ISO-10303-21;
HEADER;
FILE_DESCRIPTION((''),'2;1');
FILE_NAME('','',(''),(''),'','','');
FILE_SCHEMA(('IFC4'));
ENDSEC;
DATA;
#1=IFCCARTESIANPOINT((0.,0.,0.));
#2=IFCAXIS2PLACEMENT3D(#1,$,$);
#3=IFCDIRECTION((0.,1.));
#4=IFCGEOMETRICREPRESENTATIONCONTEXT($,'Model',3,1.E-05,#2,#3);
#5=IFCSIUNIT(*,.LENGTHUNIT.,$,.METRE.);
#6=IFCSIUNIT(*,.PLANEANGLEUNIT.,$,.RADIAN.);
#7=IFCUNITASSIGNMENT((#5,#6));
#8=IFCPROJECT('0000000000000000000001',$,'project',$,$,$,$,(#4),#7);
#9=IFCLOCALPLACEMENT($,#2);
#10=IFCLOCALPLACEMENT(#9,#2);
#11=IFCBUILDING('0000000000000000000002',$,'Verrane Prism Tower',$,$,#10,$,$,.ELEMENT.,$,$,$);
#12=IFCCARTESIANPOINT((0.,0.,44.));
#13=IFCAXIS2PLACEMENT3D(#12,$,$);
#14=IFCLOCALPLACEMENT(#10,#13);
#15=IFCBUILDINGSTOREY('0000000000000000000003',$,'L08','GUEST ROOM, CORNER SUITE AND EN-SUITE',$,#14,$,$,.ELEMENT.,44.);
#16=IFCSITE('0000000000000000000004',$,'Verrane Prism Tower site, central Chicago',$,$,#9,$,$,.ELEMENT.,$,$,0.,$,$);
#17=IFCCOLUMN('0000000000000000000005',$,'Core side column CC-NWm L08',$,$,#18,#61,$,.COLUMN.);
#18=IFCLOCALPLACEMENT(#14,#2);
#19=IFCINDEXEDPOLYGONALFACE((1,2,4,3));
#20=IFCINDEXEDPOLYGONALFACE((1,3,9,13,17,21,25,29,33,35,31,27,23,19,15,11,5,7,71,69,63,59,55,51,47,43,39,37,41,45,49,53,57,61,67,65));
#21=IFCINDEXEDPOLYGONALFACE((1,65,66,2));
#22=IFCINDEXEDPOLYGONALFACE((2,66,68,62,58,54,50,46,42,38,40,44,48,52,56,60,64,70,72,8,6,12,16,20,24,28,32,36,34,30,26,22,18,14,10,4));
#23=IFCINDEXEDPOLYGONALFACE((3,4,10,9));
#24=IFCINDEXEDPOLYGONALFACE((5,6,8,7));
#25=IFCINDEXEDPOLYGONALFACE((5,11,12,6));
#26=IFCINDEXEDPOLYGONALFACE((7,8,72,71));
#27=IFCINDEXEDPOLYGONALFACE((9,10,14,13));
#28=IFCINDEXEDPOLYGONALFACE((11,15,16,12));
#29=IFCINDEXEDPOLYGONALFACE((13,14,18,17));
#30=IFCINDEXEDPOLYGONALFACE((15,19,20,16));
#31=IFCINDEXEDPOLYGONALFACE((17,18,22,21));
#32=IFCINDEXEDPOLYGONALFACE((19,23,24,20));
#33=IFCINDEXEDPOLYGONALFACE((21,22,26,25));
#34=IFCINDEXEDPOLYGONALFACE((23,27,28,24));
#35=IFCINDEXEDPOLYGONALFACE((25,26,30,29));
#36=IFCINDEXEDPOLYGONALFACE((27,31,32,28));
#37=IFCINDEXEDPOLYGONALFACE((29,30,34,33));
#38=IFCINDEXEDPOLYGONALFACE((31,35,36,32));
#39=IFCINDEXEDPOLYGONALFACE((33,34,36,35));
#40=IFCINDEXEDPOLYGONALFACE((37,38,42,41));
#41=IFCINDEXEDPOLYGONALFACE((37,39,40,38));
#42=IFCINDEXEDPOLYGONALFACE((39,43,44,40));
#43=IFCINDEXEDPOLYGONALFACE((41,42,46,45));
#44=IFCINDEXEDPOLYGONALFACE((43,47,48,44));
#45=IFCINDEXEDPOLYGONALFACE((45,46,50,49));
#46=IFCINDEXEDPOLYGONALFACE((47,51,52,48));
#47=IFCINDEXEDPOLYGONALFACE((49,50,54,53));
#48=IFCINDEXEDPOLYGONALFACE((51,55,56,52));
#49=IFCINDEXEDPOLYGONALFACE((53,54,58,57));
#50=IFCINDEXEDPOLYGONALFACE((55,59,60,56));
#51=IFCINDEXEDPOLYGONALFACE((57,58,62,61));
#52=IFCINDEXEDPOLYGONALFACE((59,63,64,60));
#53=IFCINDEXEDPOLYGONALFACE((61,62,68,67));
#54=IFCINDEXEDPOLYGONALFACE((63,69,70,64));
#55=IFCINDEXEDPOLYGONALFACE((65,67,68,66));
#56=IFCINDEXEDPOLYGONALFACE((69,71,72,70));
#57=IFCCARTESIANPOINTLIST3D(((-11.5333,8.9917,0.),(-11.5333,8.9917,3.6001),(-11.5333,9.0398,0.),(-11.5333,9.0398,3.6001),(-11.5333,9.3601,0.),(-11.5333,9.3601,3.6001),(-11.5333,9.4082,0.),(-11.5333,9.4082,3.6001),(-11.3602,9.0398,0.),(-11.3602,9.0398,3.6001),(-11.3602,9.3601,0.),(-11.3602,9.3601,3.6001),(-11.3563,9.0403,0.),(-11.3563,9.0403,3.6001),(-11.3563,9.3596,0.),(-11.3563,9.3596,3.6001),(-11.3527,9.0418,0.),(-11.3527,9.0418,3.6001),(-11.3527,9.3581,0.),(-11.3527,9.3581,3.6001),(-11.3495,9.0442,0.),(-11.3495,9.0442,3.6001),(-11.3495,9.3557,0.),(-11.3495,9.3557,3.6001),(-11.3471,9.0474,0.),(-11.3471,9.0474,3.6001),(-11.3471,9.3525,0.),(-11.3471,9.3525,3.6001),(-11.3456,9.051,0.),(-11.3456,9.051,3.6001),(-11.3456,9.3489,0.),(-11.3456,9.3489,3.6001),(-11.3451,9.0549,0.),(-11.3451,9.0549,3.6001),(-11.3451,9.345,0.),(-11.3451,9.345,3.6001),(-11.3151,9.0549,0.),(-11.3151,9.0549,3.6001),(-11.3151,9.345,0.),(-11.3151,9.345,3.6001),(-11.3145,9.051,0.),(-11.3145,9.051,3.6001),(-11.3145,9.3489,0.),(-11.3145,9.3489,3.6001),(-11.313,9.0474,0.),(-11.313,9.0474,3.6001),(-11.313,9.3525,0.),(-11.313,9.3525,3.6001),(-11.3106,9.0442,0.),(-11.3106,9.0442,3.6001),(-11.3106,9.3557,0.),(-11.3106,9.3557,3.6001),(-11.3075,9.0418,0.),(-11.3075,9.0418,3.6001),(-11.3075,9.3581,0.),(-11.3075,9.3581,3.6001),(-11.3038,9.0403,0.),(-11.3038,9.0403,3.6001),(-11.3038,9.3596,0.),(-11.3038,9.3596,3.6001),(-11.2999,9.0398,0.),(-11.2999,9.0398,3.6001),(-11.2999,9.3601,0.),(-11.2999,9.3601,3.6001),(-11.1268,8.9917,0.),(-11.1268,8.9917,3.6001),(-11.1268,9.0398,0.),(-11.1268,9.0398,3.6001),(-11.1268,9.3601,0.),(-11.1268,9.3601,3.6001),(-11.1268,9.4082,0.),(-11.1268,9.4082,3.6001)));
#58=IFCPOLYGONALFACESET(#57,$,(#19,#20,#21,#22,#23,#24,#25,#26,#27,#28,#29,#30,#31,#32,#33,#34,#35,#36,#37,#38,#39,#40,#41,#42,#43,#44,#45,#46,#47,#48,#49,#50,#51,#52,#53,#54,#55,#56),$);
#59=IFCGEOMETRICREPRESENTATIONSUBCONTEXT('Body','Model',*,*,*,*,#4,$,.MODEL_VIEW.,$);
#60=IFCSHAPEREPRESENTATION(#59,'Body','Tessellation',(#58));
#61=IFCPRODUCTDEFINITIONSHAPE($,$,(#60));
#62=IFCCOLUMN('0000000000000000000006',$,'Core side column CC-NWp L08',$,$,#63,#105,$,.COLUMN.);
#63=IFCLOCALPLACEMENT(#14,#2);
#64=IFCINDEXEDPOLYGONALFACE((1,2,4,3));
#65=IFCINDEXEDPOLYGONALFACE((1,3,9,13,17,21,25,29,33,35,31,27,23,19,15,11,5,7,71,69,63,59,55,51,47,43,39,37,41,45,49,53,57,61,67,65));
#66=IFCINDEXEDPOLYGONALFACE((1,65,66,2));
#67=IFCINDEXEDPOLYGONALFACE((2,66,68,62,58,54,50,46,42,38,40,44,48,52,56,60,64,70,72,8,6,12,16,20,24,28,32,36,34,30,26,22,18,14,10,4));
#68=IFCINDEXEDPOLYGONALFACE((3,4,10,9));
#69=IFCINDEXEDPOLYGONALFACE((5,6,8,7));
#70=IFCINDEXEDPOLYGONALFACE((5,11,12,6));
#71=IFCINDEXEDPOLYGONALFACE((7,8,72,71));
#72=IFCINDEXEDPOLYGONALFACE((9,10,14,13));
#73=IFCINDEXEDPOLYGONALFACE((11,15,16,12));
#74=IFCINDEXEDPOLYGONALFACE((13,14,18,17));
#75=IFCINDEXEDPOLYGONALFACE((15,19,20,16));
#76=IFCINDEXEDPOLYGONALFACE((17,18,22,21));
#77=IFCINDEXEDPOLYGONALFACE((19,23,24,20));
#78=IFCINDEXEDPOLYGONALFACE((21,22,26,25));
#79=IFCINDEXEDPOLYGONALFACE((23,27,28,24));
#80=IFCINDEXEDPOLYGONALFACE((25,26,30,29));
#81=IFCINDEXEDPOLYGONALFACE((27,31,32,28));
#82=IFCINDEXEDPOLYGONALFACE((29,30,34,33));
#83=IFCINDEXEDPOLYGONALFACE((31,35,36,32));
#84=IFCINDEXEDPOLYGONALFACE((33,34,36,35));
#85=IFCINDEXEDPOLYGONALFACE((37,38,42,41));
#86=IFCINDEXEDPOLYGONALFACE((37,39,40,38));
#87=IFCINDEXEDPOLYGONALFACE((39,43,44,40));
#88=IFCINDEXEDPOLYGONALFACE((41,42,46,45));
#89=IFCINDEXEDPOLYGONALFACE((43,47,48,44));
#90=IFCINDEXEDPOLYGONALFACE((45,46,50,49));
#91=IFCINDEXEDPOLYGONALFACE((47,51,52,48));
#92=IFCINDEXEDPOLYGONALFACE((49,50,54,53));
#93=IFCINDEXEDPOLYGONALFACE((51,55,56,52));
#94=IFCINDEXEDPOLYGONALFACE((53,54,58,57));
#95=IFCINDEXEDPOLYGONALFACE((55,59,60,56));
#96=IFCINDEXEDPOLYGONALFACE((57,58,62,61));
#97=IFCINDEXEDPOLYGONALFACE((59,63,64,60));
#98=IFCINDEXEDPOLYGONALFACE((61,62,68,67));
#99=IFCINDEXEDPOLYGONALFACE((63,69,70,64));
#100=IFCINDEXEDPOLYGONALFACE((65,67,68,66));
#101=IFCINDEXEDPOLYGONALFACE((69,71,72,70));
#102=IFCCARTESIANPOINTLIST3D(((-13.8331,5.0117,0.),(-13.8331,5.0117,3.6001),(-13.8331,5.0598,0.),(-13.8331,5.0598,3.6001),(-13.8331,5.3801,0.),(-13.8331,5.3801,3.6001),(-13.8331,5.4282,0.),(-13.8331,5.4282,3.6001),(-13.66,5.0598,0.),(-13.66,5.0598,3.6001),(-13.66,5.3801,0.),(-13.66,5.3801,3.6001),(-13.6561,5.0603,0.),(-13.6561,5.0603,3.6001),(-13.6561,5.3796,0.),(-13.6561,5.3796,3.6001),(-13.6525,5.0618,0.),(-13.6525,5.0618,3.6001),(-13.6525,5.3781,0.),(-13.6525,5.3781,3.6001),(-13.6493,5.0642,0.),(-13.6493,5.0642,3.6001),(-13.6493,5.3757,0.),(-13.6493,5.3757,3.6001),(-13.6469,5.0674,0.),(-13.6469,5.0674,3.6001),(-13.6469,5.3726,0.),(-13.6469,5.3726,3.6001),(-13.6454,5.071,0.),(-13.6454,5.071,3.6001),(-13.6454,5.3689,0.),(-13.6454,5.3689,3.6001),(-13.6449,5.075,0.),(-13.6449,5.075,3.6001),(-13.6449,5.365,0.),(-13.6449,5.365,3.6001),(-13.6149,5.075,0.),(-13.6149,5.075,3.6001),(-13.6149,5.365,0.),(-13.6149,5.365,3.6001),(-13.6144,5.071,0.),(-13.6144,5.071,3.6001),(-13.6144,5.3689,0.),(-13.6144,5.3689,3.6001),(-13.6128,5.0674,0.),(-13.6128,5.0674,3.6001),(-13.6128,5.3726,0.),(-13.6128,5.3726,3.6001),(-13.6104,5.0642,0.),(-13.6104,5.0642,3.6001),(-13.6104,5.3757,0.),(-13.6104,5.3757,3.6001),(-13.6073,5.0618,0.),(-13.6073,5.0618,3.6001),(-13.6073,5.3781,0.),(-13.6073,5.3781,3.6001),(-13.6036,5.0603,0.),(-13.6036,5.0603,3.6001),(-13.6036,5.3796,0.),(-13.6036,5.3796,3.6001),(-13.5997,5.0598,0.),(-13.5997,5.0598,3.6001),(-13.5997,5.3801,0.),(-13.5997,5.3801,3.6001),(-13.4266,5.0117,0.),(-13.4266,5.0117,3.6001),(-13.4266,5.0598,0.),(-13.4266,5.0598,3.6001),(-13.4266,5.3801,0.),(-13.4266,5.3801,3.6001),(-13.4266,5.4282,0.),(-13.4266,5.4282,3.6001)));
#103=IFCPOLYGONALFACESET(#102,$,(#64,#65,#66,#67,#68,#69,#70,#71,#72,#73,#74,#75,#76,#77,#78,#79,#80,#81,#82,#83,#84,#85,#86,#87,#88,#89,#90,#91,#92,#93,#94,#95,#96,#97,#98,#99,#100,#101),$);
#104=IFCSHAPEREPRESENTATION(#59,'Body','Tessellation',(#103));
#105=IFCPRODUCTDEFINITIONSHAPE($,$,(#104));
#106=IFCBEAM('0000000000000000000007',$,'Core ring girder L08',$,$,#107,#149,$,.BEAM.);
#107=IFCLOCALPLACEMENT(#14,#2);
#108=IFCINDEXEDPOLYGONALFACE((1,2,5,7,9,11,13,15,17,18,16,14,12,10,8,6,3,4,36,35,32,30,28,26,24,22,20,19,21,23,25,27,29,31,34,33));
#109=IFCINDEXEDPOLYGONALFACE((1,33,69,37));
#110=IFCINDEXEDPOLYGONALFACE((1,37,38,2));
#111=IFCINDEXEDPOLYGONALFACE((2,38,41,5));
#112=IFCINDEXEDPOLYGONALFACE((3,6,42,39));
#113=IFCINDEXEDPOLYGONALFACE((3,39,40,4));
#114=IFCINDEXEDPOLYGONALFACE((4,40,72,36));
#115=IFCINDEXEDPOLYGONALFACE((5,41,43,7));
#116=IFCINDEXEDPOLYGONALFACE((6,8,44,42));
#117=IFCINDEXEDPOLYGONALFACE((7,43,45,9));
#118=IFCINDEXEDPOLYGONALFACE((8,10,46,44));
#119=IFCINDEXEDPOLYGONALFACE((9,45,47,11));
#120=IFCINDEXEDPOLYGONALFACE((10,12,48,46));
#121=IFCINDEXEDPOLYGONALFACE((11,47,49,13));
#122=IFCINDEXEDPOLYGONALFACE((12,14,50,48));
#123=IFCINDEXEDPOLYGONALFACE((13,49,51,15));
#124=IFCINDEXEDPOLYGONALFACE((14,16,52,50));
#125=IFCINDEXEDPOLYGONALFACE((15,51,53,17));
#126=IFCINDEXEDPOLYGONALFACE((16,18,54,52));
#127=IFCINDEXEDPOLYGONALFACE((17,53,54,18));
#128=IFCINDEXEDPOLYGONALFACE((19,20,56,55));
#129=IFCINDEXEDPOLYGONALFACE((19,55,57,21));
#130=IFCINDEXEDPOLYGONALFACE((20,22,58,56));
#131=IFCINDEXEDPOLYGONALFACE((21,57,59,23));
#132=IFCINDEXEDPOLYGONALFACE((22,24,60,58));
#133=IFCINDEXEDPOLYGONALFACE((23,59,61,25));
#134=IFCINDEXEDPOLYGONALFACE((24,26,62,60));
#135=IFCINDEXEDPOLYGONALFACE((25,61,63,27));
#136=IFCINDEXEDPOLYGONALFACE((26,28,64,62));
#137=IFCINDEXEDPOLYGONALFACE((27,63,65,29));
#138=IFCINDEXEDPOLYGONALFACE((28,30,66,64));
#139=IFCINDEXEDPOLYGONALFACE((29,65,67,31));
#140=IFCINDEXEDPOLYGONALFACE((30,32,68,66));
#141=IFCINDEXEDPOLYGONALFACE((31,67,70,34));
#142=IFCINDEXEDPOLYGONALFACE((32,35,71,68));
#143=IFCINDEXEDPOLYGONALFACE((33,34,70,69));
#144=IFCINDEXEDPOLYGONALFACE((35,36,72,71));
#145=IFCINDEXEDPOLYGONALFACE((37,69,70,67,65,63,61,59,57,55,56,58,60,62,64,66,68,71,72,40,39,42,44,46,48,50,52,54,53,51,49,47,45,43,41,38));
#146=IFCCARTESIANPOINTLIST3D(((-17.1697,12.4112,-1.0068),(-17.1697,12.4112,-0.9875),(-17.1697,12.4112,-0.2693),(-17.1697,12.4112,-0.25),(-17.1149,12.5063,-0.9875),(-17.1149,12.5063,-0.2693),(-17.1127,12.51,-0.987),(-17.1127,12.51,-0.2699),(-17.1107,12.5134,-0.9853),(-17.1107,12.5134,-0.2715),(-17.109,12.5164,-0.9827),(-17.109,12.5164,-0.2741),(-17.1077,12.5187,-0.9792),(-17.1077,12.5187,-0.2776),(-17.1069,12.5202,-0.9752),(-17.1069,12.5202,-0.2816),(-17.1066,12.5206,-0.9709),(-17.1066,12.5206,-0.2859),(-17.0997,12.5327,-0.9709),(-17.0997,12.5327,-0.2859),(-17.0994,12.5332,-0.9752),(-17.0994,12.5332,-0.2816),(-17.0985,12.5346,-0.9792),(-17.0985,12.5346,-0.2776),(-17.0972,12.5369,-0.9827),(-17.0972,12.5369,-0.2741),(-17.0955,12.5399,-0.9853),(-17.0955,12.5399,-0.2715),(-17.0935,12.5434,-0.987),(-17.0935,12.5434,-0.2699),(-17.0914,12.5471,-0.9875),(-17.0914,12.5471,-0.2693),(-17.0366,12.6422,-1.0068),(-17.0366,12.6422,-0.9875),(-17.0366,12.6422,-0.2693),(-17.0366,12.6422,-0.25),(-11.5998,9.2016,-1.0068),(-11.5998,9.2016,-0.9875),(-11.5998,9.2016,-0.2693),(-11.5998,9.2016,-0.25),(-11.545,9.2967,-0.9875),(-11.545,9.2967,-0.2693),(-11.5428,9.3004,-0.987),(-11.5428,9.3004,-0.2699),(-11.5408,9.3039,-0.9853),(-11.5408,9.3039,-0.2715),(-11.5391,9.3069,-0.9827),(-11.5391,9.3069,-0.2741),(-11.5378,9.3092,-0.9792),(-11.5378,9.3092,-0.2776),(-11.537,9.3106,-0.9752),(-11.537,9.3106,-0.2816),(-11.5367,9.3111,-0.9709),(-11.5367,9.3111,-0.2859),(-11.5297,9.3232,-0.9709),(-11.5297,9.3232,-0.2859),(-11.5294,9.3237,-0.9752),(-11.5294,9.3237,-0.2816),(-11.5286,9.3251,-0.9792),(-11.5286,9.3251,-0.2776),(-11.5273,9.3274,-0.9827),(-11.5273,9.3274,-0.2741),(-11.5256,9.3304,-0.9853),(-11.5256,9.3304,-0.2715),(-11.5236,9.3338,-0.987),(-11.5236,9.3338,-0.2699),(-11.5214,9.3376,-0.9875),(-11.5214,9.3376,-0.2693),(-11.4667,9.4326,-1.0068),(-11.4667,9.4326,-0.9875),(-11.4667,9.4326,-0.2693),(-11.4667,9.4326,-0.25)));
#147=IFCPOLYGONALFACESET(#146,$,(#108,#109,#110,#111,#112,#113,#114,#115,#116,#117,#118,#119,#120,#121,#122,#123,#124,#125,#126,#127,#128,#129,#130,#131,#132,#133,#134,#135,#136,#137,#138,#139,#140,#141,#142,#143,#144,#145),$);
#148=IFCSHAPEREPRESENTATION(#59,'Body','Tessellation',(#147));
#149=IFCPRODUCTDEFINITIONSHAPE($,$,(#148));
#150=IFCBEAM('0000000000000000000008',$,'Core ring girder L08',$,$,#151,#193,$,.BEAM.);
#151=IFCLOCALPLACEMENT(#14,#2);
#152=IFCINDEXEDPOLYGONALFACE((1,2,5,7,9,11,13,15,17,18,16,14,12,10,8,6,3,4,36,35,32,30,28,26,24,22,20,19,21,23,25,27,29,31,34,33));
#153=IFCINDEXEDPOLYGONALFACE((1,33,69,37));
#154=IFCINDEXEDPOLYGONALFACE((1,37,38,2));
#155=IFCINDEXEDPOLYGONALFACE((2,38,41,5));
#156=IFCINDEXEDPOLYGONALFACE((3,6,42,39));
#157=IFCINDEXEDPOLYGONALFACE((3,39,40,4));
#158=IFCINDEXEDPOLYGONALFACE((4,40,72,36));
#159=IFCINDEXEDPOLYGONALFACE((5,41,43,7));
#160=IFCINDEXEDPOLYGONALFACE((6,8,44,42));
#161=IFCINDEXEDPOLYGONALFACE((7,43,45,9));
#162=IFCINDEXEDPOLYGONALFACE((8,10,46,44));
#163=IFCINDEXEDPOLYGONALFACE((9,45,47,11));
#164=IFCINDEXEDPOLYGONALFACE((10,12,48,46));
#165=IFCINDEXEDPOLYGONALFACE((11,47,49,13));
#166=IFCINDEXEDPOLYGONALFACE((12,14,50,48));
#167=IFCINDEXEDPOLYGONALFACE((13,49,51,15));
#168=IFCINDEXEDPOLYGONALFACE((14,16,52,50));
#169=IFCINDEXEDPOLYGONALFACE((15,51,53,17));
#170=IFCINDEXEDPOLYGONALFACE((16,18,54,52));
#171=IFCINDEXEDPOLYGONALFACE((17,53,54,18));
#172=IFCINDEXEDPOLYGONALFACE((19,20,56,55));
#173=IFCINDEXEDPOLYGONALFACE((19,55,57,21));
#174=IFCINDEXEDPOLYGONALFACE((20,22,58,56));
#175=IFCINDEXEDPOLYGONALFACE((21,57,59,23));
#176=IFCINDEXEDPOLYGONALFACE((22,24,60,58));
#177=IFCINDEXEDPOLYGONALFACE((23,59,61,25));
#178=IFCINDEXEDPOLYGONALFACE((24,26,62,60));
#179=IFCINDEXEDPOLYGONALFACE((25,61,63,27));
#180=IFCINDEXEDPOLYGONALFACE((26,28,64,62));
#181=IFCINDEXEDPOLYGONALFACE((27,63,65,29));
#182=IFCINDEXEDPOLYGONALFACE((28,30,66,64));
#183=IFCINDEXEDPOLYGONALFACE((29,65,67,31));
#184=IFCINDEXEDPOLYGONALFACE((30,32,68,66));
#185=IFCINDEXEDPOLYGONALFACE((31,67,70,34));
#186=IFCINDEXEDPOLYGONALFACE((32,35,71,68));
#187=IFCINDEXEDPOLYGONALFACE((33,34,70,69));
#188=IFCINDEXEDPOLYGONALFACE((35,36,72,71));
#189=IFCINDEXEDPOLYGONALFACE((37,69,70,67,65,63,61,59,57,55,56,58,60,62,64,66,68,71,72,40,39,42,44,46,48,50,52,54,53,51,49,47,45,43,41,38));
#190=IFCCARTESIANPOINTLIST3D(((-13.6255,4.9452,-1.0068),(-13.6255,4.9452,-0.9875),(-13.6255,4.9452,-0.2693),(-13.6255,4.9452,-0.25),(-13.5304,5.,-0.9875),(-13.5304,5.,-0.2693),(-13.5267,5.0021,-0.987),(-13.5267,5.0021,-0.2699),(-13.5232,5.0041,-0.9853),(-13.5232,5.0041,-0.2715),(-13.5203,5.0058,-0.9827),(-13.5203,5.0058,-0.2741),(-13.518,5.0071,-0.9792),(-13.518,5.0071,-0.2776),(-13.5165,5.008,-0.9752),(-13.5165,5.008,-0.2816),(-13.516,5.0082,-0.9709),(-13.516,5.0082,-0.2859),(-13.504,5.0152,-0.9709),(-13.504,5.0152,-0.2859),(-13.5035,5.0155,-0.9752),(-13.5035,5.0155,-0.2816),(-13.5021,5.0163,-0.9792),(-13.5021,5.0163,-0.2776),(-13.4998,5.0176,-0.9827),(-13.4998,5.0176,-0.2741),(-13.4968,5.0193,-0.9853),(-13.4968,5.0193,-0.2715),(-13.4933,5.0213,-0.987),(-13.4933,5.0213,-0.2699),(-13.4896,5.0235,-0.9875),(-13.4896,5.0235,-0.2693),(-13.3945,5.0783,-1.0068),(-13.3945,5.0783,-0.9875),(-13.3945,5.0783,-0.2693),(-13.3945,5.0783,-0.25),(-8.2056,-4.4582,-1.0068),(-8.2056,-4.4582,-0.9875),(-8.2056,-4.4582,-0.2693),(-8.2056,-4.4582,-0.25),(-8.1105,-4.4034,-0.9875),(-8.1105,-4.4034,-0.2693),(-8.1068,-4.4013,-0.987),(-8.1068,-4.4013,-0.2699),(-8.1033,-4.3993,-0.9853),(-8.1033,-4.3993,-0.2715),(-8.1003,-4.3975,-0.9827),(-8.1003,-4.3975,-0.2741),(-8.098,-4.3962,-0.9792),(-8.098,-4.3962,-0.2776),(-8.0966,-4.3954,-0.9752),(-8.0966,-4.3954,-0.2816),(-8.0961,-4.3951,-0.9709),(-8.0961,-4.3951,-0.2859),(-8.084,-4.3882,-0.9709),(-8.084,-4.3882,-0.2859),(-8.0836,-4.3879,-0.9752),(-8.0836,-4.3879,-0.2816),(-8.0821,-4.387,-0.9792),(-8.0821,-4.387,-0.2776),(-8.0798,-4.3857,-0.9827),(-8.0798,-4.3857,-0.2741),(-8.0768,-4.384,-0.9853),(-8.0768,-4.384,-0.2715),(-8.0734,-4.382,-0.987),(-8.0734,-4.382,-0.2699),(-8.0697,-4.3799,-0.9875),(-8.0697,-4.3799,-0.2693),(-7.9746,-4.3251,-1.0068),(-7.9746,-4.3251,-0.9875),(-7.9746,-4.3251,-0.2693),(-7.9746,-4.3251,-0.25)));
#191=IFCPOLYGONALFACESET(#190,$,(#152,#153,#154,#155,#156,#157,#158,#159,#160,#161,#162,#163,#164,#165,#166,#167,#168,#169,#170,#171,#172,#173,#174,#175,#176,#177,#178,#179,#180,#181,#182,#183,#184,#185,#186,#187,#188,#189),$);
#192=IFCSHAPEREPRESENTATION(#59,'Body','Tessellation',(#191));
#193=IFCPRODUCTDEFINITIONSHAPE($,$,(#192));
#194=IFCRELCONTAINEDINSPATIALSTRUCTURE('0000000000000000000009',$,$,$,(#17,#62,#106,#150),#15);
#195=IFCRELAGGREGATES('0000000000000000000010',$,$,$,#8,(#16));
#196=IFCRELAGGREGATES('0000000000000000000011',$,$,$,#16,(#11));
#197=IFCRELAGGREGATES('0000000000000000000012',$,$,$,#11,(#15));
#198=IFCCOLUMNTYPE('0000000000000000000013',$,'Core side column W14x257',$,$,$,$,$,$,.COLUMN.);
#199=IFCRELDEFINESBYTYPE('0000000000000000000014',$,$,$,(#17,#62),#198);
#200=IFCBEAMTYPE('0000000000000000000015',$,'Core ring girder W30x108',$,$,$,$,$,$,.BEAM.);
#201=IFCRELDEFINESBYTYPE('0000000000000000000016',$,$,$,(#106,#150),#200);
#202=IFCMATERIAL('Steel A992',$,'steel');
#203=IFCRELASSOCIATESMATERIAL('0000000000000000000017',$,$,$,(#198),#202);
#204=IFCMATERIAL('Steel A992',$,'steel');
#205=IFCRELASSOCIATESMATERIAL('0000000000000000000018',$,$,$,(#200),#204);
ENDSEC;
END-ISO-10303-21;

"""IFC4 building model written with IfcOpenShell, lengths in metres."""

from ifc_helpers import new_model, si_unit, direction, frame, origin, origin_2d, place, context, subcontext, project, spatial, i_section, extrude, material, material_profile, profile_set, type_object, element, save


model = new_model("IFC4")

# Units and contexts
model_context = context("Model", 3, precision=1e-05, world=origin(), true_north=direction((0.0, 1.0)))
body_context = subcontext(model_context, "Body", "Model", "MODEL_VIEW")
ifc_project = project(units=[si_unit("LENGTHUNIT", "METRE"), si_unit("PLANEANGLEUNIT", "RADIAN")], contexts=[model_context])

# Site, building, storey
site_placement = place(None, origin())
site = spatial("IfcSite", under=ifc_project, at=site_placement, Name="Verrane Prism Tower site, central Chicago", CompositionType="ELEMENT", RefElevation=0.0)
building_placement = place(site_placement, origin())
building = spatial("IfcBuilding", under=site, at=building_placement, Name="Verrane Prism Tower", CompositionType="ELEMENT")
storey_placement = place(building_placement, frame((0.0, 0.0, 44.0)))
storey = spatial("IfcBuildingStorey", under=building, at=storey_placement, Name="L08", Description="GUEST ROOM, CORNER SUITE AND EN-SUITE", CompositionType="ELEMENT", Elevation=44.0)

# Columns
ifc_material_1 = material(Name="Steel A992", Category="steel")
ifc_material_profile_1 = material_profile(ifc_material_1, i_section(OverallWidth=0.4065, OverallDepth=0.4165, WebThickness=0.03, FlangeThickness=0.0481, FilletRadius=0.0151, at=origin_2d()), Name="W14x257")
ifc_profile_set_1 = profile_set([ifc_material_profile_1], Name="Steel A992")
column_type = type_object("IfcColumnType", Name="Core side column W14x257", PredefinedType="COLUMN", material=ifc_profile_set_1)
for number, where, z_axis, x_axis, name in (
    (1, (-11.3301, 9.2, 0.0), (0.0, 0.0, 1.0), (1.0, 0.0, 0.0), "Core side column CC-NWm L08"),
    (2, (-13.6299, 5.22, 0.0), (0.0, 0.0, 1.0), (1.0, 0.0, 0.0), "Core side column CC-NWp L08"),
):
    element("IfcColumn", number, at=place(storey_placement, frame(where, z_axis=z_axis, x_axis=x_axis)), inside=storey, type_object=column_type, Name=name, PredefinedType="COLUMN", context=body_context, shape_type="SweptSolid", body=[
        extrude(i_section(OverallWidth=0.4065, OverallDepth=0.4165, WebThickness=0.03, FlangeThickness=0.0481, FilletRadius=0.0151, at=origin_2d()), origin(), (0.0, 0.0, 1.0), 3.6001),
    ])

# Beams
ifc_material_2 = material(Name="Steel A992", Category="steel")
ifc_material_profile_2 = material_profile(ifc_material_2, i_section(OverallWidth=0.2666, OverallDepth=0.7568, WebThickness=0.0139, FlangeThickness=0.0193, FilletRadius=0.0166, at=origin_2d()), Name="W30x108")
ifc_profile_set_2 = profile_set([ifc_material_profile_2], Name="Steel A992")
beam_type = type_object("IfcBeamType", Name="Core ring girder W30x108", PredefinedType="BEAM", material=ifc_profile_set_2)
beam_1_placement = place(storey_placement, frame((-11.5332, 9.3171, -0.6284), z_axis=(-0.866447, 0.499269, 0.0), x_axis=(-0.499269, -0.866447, 0.0)))
element("IfcBeam", 3, at=beam_1_placement, inside=storey, type_object=beam_type, Name="Core ring girder L08", PredefinedType="BEAM", context=body_context, shape_type="SweptSolid", body=[
    extrude(i_section(OverallWidth=0.2666, OverallDepth=0.7568, WebThickness=0.0139, FlangeThickness=0.0193, FilletRadius=0.0166, at=origin_2d()), origin(), (0.0, 0.0, 1.0), 6.4285),
])
beam_2_placement = place(storey_placement, frame((-13.51, 5.0117, -0.6284), z_axis=(0.499372, -0.866388, 0.0), x_axis=(0.866388, 0.499372, 0.0)))
element("IfcBeam", 4, at=beam_2_placement, inside=storey, type_object=beam_type, Name="Core ring girder L08", PredefinedType="BEAM", context=body_context, shape_type="SweptSolid", body=[
    extrude(i_section(OverallWidth=0.2666, OverallDepth=0.7568, WebThickness=0.0139, FlangeThickness=0.0193, FilletRadius=0.0166, at=origin_2d()), origin(), (0.0, 0.0, 1.0), 10.8535),
])

save(model, "model.ifc")
